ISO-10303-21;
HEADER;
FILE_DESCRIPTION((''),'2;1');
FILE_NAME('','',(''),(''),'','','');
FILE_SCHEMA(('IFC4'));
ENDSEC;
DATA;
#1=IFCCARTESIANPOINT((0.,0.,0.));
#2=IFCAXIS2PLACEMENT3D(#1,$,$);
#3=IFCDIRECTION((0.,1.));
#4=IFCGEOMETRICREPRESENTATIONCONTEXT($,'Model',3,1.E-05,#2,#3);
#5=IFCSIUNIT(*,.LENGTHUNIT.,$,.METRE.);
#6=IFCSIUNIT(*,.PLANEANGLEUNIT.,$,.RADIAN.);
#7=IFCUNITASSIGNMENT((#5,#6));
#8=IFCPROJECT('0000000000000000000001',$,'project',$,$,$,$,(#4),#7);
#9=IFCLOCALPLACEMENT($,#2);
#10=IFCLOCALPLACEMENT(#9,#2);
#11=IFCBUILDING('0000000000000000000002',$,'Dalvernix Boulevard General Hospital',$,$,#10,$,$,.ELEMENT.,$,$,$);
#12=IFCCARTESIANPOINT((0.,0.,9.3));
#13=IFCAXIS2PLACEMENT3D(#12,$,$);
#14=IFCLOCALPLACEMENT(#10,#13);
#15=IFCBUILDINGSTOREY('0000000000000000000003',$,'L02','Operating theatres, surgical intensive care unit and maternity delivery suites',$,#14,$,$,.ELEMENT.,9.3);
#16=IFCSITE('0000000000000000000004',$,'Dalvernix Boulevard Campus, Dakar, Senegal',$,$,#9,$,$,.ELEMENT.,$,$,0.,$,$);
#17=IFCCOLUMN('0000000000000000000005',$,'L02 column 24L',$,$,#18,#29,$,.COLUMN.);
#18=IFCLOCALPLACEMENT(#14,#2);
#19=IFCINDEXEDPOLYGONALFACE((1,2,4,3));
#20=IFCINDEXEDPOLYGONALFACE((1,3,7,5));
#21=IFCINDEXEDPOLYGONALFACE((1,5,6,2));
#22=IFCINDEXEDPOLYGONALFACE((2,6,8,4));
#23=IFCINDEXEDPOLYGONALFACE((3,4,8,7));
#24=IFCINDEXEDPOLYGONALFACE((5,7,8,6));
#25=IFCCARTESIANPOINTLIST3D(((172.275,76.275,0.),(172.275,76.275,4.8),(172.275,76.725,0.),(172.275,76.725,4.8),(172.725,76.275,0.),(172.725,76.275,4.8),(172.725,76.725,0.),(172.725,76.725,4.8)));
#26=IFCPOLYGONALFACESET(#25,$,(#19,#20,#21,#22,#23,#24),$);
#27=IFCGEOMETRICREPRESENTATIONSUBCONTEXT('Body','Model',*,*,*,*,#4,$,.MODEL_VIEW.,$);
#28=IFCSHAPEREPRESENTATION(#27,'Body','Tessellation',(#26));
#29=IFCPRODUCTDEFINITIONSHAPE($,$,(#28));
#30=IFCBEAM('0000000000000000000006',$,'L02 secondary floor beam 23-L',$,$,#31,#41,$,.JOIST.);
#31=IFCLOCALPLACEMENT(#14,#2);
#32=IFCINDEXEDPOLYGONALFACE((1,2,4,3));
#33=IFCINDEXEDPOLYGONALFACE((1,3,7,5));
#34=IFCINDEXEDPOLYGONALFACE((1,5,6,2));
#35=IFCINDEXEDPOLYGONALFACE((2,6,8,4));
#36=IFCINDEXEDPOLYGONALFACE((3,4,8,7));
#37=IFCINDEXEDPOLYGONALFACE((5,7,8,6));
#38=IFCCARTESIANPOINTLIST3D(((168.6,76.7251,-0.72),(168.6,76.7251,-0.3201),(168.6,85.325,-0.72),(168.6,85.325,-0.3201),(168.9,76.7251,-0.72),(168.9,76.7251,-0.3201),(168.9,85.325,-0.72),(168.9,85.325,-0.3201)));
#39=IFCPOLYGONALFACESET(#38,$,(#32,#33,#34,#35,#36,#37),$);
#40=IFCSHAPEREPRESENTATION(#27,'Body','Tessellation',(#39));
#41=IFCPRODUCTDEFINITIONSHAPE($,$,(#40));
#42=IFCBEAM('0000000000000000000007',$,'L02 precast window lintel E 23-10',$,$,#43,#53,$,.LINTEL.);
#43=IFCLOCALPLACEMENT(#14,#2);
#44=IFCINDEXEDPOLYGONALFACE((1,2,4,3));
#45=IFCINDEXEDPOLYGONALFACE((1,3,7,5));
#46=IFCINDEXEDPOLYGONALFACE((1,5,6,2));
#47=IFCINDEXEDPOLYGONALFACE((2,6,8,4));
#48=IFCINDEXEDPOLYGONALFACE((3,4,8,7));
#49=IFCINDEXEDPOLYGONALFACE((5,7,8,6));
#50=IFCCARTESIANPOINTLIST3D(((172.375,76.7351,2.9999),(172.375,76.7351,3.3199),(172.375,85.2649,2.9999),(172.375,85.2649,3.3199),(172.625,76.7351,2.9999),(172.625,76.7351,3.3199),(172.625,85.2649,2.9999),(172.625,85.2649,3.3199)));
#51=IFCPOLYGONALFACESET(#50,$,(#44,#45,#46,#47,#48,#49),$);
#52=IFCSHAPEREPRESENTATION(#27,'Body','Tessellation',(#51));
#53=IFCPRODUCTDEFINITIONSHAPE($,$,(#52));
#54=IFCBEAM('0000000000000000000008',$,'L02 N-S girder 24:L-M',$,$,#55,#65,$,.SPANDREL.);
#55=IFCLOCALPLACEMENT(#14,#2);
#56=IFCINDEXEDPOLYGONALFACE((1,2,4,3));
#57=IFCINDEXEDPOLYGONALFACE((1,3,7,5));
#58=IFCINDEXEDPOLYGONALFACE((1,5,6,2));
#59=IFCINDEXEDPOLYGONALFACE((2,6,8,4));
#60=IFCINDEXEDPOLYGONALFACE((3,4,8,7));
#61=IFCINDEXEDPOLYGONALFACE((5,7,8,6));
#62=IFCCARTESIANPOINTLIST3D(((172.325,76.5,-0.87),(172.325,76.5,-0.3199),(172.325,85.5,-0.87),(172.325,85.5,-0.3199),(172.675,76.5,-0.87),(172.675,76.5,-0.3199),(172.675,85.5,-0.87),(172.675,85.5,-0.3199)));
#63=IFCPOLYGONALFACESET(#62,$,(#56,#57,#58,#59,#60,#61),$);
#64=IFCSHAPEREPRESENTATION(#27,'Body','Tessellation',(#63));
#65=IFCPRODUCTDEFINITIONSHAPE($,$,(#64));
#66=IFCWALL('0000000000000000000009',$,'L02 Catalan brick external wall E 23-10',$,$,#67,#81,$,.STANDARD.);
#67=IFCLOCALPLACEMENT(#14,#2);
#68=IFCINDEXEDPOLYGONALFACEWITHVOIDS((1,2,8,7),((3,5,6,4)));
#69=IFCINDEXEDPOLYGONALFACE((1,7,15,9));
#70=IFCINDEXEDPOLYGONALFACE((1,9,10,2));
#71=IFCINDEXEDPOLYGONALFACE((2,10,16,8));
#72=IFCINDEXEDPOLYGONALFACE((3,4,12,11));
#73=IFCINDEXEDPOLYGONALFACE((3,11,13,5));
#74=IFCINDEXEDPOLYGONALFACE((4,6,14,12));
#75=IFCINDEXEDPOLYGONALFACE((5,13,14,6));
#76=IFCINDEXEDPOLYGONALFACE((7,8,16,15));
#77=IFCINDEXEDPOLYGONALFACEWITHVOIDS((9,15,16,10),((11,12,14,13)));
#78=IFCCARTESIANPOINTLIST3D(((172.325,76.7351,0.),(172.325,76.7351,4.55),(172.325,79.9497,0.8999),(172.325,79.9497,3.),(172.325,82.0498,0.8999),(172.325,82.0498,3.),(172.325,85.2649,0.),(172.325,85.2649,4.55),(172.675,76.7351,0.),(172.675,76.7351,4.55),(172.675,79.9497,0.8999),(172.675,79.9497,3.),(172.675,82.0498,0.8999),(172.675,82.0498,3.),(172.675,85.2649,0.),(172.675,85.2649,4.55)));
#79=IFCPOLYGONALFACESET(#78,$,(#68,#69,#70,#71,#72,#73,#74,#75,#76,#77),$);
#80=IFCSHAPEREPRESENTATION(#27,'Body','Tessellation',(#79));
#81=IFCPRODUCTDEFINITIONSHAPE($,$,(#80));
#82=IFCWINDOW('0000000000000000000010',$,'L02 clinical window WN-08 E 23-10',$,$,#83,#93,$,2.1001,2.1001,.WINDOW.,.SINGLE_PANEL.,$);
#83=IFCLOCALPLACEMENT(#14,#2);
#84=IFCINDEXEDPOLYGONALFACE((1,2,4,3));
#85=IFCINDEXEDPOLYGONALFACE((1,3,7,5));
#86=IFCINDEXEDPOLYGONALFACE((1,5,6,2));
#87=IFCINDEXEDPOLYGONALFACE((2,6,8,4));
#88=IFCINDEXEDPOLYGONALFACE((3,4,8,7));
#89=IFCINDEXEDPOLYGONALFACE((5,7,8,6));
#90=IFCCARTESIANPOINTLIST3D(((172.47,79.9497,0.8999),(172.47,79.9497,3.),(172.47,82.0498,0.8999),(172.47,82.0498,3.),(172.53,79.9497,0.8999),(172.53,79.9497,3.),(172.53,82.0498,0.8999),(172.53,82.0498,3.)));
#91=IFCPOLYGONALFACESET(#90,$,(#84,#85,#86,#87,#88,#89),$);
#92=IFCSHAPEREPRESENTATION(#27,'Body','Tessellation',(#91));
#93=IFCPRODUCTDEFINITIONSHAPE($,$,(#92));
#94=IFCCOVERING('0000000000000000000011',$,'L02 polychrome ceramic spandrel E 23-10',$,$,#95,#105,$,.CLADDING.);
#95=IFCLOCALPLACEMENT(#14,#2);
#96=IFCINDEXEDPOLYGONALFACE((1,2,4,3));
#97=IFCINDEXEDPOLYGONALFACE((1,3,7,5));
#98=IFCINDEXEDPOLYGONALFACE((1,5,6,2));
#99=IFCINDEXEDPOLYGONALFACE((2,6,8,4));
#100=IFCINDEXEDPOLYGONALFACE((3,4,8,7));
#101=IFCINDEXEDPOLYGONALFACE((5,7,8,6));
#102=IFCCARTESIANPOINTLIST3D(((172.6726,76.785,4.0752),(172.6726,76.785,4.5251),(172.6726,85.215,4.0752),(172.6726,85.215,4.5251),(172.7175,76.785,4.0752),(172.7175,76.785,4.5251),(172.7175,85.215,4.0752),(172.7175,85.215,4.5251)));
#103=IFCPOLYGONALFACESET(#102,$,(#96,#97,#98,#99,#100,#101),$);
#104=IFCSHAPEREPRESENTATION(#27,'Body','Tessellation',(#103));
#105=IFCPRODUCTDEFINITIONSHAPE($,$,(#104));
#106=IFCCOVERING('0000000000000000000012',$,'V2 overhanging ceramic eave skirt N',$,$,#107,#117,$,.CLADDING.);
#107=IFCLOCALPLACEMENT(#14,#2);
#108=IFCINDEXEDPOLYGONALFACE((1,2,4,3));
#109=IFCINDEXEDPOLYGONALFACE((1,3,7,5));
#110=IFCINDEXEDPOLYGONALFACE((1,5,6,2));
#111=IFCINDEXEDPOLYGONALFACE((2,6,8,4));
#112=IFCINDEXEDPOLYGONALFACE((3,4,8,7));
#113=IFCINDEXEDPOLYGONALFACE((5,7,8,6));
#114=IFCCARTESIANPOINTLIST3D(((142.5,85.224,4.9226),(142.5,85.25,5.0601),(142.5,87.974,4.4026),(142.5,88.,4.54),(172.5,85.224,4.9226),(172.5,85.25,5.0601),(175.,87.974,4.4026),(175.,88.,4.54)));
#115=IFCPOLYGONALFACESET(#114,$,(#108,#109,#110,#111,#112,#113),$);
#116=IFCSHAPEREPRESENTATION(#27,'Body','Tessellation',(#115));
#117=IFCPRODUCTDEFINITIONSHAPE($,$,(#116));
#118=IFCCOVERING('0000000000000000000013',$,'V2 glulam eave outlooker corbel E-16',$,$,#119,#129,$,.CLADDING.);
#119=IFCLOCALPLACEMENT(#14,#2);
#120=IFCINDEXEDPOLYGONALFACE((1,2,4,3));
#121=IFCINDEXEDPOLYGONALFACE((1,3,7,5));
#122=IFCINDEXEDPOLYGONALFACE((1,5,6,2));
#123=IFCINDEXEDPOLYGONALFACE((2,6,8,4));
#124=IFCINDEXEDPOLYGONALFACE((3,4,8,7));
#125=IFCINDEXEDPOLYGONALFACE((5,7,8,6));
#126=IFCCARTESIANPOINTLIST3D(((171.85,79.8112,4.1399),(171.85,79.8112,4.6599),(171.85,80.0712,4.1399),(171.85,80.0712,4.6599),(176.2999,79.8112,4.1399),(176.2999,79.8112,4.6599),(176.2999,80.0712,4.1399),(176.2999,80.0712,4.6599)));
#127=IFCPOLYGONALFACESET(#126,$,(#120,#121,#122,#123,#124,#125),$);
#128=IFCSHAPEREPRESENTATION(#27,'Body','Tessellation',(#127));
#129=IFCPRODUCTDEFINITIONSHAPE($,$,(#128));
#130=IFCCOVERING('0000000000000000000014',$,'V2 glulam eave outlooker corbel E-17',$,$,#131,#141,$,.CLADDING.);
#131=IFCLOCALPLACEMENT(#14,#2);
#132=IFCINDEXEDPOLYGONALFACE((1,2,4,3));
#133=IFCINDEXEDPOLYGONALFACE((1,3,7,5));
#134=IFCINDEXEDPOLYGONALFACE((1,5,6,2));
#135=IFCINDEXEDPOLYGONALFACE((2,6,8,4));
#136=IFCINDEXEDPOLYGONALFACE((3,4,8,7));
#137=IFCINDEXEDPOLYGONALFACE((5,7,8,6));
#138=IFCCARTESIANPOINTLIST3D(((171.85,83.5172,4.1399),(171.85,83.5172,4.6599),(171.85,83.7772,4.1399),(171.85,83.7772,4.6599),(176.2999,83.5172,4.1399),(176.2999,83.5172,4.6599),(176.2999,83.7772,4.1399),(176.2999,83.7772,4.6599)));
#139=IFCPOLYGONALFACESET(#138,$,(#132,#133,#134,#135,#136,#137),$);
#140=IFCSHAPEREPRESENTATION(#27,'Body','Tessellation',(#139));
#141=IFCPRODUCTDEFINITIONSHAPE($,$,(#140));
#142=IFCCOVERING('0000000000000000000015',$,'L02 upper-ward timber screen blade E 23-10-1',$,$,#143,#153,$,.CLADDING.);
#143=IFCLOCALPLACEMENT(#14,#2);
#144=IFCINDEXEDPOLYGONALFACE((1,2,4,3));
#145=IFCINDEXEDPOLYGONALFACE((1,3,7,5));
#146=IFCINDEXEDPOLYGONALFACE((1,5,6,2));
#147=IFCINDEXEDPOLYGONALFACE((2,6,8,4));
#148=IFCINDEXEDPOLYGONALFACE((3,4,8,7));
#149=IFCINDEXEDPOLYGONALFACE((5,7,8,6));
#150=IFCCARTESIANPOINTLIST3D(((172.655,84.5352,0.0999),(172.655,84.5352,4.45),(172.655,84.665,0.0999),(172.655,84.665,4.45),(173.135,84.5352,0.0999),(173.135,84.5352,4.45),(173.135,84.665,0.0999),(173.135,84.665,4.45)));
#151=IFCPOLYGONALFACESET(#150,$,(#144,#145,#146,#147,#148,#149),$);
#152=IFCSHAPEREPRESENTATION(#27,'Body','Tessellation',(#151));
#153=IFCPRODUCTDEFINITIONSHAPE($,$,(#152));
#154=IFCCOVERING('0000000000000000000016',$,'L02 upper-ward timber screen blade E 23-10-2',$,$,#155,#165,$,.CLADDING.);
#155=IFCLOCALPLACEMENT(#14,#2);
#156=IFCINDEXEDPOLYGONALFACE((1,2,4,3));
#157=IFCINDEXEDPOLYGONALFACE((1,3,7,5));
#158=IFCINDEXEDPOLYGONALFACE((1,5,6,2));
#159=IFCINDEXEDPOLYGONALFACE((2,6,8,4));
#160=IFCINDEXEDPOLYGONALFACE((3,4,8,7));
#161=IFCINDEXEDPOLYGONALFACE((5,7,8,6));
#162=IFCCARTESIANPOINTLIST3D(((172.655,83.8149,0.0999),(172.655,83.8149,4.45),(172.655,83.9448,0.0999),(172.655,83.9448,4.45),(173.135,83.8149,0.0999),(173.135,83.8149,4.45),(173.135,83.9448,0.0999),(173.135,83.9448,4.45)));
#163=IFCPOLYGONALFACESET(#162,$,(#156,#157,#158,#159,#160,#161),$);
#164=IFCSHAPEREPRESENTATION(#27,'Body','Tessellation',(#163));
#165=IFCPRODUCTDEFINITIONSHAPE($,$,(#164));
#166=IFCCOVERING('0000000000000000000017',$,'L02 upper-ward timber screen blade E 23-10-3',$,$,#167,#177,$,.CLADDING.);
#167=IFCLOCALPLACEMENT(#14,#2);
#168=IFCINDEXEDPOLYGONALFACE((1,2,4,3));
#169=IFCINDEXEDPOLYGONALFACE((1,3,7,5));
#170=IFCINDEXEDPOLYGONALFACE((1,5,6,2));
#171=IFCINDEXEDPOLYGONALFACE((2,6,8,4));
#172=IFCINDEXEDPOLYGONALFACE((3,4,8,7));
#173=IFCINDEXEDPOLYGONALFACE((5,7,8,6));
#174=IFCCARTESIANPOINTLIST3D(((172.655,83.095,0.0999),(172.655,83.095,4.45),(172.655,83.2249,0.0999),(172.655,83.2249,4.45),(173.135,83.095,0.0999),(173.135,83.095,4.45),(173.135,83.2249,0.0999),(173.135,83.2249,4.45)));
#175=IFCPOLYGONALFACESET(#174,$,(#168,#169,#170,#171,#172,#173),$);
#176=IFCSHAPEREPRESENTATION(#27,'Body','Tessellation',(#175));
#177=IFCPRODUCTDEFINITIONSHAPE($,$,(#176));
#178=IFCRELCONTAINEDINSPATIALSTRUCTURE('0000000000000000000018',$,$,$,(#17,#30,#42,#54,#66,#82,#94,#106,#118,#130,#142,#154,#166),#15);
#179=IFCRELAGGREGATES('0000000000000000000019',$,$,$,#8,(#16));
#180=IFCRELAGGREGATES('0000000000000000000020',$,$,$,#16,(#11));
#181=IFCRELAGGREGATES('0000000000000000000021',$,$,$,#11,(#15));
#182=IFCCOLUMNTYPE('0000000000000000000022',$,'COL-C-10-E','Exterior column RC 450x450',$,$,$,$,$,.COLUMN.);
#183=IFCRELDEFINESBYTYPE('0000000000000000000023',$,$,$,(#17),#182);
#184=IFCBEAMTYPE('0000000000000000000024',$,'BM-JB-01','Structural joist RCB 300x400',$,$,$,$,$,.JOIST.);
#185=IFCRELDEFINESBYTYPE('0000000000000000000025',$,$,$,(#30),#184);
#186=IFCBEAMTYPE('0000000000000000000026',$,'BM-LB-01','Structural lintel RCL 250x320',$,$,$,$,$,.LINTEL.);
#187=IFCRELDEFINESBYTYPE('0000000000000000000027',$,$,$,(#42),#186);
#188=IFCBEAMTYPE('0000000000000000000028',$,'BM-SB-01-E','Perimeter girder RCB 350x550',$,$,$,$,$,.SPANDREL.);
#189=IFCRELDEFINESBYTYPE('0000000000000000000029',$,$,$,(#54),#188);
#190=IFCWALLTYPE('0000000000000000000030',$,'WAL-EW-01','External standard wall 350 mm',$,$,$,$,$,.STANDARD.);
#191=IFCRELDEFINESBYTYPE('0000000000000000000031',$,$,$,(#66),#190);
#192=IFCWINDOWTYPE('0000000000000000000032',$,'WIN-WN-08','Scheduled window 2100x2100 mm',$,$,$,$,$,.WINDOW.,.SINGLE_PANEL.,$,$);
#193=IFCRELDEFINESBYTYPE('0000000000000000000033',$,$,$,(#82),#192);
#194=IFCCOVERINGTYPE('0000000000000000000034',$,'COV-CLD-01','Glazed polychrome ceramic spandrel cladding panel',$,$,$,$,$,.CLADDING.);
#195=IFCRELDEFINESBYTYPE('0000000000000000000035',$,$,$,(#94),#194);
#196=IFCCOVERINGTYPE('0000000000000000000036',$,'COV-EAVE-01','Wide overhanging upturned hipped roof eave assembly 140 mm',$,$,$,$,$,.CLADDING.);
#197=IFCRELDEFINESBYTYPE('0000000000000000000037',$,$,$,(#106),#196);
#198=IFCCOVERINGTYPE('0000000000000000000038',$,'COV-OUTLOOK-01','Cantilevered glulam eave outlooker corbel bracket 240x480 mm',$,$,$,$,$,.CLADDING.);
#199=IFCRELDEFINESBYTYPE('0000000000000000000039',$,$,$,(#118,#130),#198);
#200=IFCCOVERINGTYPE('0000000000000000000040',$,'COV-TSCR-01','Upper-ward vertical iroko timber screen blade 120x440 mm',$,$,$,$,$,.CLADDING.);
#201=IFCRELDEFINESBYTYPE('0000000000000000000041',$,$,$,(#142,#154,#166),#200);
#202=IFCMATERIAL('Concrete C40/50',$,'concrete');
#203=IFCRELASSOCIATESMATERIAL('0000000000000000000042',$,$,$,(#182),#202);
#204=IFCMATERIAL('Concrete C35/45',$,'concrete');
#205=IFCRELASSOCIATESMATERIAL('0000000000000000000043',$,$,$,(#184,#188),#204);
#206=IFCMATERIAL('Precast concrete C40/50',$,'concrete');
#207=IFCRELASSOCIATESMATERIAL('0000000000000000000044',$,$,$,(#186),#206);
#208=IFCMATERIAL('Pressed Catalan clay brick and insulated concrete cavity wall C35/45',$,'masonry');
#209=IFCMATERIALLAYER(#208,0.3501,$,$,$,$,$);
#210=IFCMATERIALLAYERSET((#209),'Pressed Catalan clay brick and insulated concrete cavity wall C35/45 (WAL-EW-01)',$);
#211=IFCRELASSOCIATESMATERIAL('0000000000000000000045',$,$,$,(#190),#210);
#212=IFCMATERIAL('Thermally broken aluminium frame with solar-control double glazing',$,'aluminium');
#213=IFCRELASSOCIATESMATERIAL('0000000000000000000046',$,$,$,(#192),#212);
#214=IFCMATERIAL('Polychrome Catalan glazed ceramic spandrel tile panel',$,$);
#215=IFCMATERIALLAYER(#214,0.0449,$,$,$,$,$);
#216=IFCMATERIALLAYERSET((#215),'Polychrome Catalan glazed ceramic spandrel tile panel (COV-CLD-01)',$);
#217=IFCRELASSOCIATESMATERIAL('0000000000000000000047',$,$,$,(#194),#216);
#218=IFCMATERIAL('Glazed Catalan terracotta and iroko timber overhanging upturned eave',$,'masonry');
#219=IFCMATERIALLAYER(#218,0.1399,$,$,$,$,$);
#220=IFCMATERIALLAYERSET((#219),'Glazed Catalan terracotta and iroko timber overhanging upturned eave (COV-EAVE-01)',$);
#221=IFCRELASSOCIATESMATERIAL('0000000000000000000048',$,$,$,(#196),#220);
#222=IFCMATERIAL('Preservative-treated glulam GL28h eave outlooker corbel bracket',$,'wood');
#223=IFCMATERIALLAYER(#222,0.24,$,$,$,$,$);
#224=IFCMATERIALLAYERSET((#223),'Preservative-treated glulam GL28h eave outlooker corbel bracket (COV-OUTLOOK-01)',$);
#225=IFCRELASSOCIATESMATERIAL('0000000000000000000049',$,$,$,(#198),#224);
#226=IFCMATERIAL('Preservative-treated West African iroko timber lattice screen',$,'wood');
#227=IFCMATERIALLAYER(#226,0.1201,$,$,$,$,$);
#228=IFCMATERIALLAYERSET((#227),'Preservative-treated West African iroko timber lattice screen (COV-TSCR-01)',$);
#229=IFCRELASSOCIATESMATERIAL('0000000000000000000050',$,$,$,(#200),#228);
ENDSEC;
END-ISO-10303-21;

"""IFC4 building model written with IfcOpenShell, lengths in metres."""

from ifc_helpers import new_model, si_unit, direction, frame, frame_2d, origin, origin_2d, place, context, subcontext, project, spatial, polyline, rectangle, outline, extrude, material, layer, layer_set, material_profile, profile_set, type_object, element, fill, save


model = new_model("IFC4")

# Units and contexts
model_context = context("Model", 3, precision=1e-05, world=origin(), true_north=direction((0.0, 1.0)))
body_context = subcontext(model_context, "Body", "Model", "MODEL_VIEW")
ifc_project = project(units=[si_unit("LENGTHUNIT", "METRE"), si_unit("PLANEANGLEUNIT", "RADIAN")], contexts=[model_context])

# Site, building, storey
site_placement = place(None, origin())
site = spatial("IfcSite", under=ifc_project, at=site_placement, Name="Dalvernix Boulevard Campus, Dakar, Senegal", CompositionType="ELEMENT", RefElevation=0.0)
building_placement = place(site_placement, origin())
building = spatial("IfcBuilding", under=site, at=building_placement, Name="Dalvernix Boulevard General Hospital", CompositionType="ELEMENT")
storey_placement = place(building_placement, frame((0.0, 0.0, 9.3)))
storey = spatial("IfcBuildingStorey", under=building, at=storey_placement, Name="L02", Description="Operating theatres, surgical intensive care unit and maternity delivery suites", CompositionType="ELEMENT", Elevation=9.3)

# Column
ifc_material_1 = material(Name="Concrete C40/50", Category="concrete")
ifc_material_profile_1 = material_profile(ifc_material_1, rectangle(XDim=0.45, YDim=0.45, at=origin_2d()), Name="RC 450x450")
ifc_profile_set_1 = profile_set([ifc_material_profile_1], Name="Concrete C40/50")
column_type = type_object("IfcColumnType", Name="COL-C-10-E", Description="Exterior column RC 450x450", PredefinedType="COLUMN", material=ifc_profile_set_1)
column_placement = place(storey_placement, frame((172.5, 76.5, 0.0), z_axis=(0.0, 0.0, 1.0), x_axis=(1.0, 0.0, 0.0)))
element("IfcColumn", 1, at=column_placement, inside=storey, type_object=column_type, Name="L02 column 24L", PredefinedType="COLUMN", context=body_context, shape_type="SweptSolid", body=[
    extrude(rectangle(XDim=0.45, YDim=0.45, at=origin_2d()), origin(), (0.0, 0.0, 1.0), 4.8),
])

# Beams
ifc_material_2 = material(Name="Concrete C35/45", Category="concrete")
ifc_material_profile_2 = material_profile(ifc_material_2, rectangle(XDim=0.3, YDim=0.3999, at=origin_2d()), Name="RCB 300x400")
ifc_profile_set_2 = profile_set([ifc_material_profile_2], Name="Concrete C35/45")
beam_type_1 = type_object("IfcBeamType", Name="BM-JB-01", Description="Structural joist RCB 300x400", PredefinedType="JOIST", material=ifc_profile_set_2)
beam_1_placement = place(storey_placement, frame((168.75, 76.7251, -0.52), z_axis=(0.0, 1.0, 0.0), x_axis=(-1.0, 0.0, 0.0)))
element("IfcBeam", 2, at=beam_1_placement, inside=storey, type_object=beam_type_1, Name="L02 secondary floor beam 23-L", PredefinedType="JOIST", context=body_context, shape_type="SweptSolid", body=[
    extrude(rectangle(XDim=0.3, YDim=0.3999, at=origin_2d()), origin(), (0.0, 0.0, 1.0), 8.5999),
])
ifc_material_3 = material(Name="Precast concrete C40/50", Category="concrete")
ifc_material_profile_3 = material_profile(ifc_material_3, rectangle(XDim=0.25, YDim=0.3201, at=origin_2d()), Name="RCL 250x320")
ifc_profile_set_3 = profile_set([ifc_material_profile_3], Name="Precast concrete C40/50")
beam_type_2 = type_object("IfcBeamType", Name="BM-LB-01", Description="Structural lintel RCL 250x320", PredefinedType="LINTEL", material=ifc_profile_set_3)
beam_2_placement = place(storey_placement, frame((172.5, 85.2649, 3.1599), z_axis=(0.0, -1.0, 0.0), x_axis=(1.0, 0.0, 0.0)))
element("IfcBeam", 3, at=beam_2_placement, inside=storey, type_object=beam_type_2, Name="L02 precast window lintel E 23-10", PredefinedType="LINTEL", context=body_context, shape_type="SweptSolid", body=[
    extrude(rectangle(XDim=0.25, YDim=0.3201, at=origin_2d()), origin(), (0.0, 0.0, 1.0), 8.5298),
])
ifc_material_profile_4 = material_profile(ifc_material_2, rectangle(XDim=0.3501, YDim=0.55, at=origin_2d()), Name="RCB 350x550")
ifc_profile_set_4 = profile_set([ifc_material_profile_4], Name="Concrete C35/45")
beam_type_3 = type_object("IfcBeamType", Name="BM-SB-01-E", Description="Perimeter girder RCB 350x550", PredefinedType="SPANDREL", material=ifc_profile_set_4)
beam_3_placement = place(storey_placement, frame((172.5, 76.5, -0.595), z_axis=(0.0, 1.0, 0.0), x_axis=(-1.0, 0.0, 0.0)))
element("IfcBeam", 4, at=beam_3_placement, inside=storey, type_object=beam_type_3, Name="L02 N-S girder 24:L-M", PredefinedType="SPANDREL", context=body_context, shape_type="SweptSolid", body=[
    extrude(rectangle(XDim=0.3501, YDim=0.55, at=origin_2d()), origin(), (0.0, 0.0, 1.0), 9.0),
])

# Wall, opening, window
ifc_material_4 = material(Name="Pressed Catalan clay brick and insulated concrete cavity wall C35/45", Category="masonry")
ifc_layer_1 = layer(ifc_material_4, 0.3501)
ifc_layer_set_1 = layer_set([ifc_layer_1], Name="Pressed Catalan clay brick and insulated concrete cavity wall C35/45 (WAL-EW-01)")
wall_type = type_object("IfcWallType", Name="WAL-EW-01", Description="External standard wall 350 mm", PredefinedType="STANDARD", material=ifc_layer_set_1)
wall_placement = place(storey_placement, frame((172.5, 85.2649, 0.0), z_axis=(0.0, 0.0, 1.0), x_axis=(0.0, -1.0, 0.0)))
wall = element("IfcWall", 5, at=wall_placement, inside=storey, type_object=wall_type, Name="L02 Catalan brick external wall E 23-10", PredefinedType="STANDARD", context=body_context, shape_type="SweptSolid", body=[
    extrude(rectangle(XDim=8.5298, YDim=0.3501, at=frame_2d((4.2649, 0.0))), origin(), (0.0, 0.0, 1.0), 4.55),
])
opening_placement = place(wall_placement, frame((3.2151, 0.0, 0.8999)))
opening = element("IfcOpeningElement", 6, at=opening_placement, cuts=wall, PredefinedType="OPENING", context=body_context, shape_type="SweptSolid", body=[
    extrude(rectangle(XDim=2.1001, YDim=2.1001, at=frame_2d((1.05, 1.05))), frame((0.0, 0.1851, 0.0), z_axis=(0.0, -1.0, 0.0), x_axis=(1.0, 0.0, 0.0)), (0.0, 0.0, 1.0), 0.3701),
])
ifc_material_5 = material(Name="Thermally broken aluminium frame with solar-control double glazing", Category="aluminium")
window_type = type_object("IfcWindowType", Name="WIN-WN-08", Description="Scheduled window 2100x2100 mm", PartitioningType="SINGLE_PANEL", PredefinedType="WINDOW", material=ifc_material_5)
window_placement = place(opening_placement, origin())
window = element("IfcWindow", 7, at=window_placement, inside=storey, type_object=window_type, Name="L02 clinical window WN-08 E 23-10", OverallHeight=2.1001, OverallWidth=2.1001, PartitioningType="SINGLE_PANEL", PredefinedType="WINDOW", context=body_context, shape_type="SweptSolid", body=[
    extrude(rectangle(XDim=2.1001, YDim=2.1001, at=frame_2d((1.05, 1.05))), frame((0.0, 0.03, 0.0), z_axis=(0.0, -1.0, 0.0), x_axis=(1.0, 0.0, 0.0)), (0.0, 0.0, 1.0), 0.0601),
])
fill(opening, window)

# Coverings
ifc_material_6 = material(Name="Polychrome Catalan glazed ceramic spandrel tile panel")
ifc_layer_2 = layer(ifc_material_6, 0.0449)
ifc_layer_set_2 = layer_set([ifc_layer_2], Name="Polychrome Catalan glazed ceramic spandrel tile panel (COV-CLD-01)")
covering_type_1 = type_object("IfcCoveringType", Name="COV-CLD-01", Description="Glazed polychrome ceramic spandrel cladding panel", PredefinedType="CLADDING", material=ifc_layer_set_2)
covering_1_placement = place(storey_placement, frame((172.6951, 81.0, 4.0752), z_axis=(0.0, 0.0, 1.0), x_axis=(0.0, -1.0, 0.0)))
element("IfcCovering", 8, at=covering_1_placement, inside=storey, type_object=covering_type_1, Name="L02 polychrome ceramic spandrel E 23-10", PredefinedType="CLADDING", context=body_context, shape_type="SweptSolid", body=[
    extrude(rectangle(XDim=8.4299, YDim=0.0449, at=origin_2d()), origin(), (0.0, 0.0, 1.0), 0.45),
])
ifc_material_7 = material(Name="Glazed Catalan terracotta and iroko timber overhanging upturned eave", Category="masonry")
ifc_layer_3 = layer(ifc_material_7, 0.1399)
ifc_layer_set_3 = layer_set([ifc_layer_3], Name="Glazed Catalan terracotta and iroko timber overhanging upturned eave (COV-EAVE-01)")
covering_type_2 = type_object("IfcCoveringType", Name="COV-EAVE-01", Description="Wide overhanging upturned hipped roof eave assembly 140 mm", PredefinedType="CLADDING", material=ifc_layer_set_3)
covering_2_placement = place(storey_placement, frame((172.5, 85.25, 5.0601), z_axis=(0.0, 0.185805, 0.982587), x_axis=(-1.0, 0.0, 0.0)))
element("IfcCovering", 9, at=covering_2_placement, inside=storey, type_object=covering_type_2, Name="V2 overhanging ceramic eave skirt N", PredefinedType="CLADDING", context=body_context, shape_type="SweptSolid", body=[
    extrude(outline(polyline([(0.0, 0.0), (30.0, 0.0), (30.0, -2.7987), (-2.5, -2.7987), (0.0, 0.0)])), origin(), (0.0, 0.0, -1.0), 0.1399),
])
ifc_material_8 = material(Name="Preservative-treated glulam GL28h eave outlooker corbel bracket", Category="wood")
ifc_layer_4 = layer(ifc_material_8, 0.24)
ifc_layer_set_4 = layer_set([ifc_layer_4], Name="Preservative-treated glulam GL28h eave outlooker corbel bracket (COV-OUTLOOK-01)")
covering_type_3 = type_object("IfcCoveringType", Name="COV-OUTLOOK-01", Description="Cantilevered glulam eave outlooker corbel bracket 240x480 mm", PredefinedType="CLADDING", material=ifc_layer_set_4)
for number, where, z_axis, x_axis, name in (
    (10, (174.075, 79.9412, 4.1399), (0.0, 0.0, 1.0), (1.0, 0.0, 0.0), "V2 glulam eave outlooker corbel E-16"),
    (11, (174.075, 83.6472, 4.1399), (0.0, 0.0, 1.0), (1.0, 0.0, 0.0), "V2 glulam eave outlooker corbel E-17"),
):
    element("IfcCovering", number, at=place(storey_placement, frame(where, z_axis=z_axis, x_axis=x_axis)), inside=storey, type_object=covering_type_3, Name=name, PredefinedType="CLADDING", context=body_context, shape_type="SweptSolid", body=[
        extrude(rectangle(XDim=4.45, YDim=0.26, at=origin_2d()), origin(), (0.0, 0.0, 1.0), 0.52),
    ])
ifc_material_9 = material(Name="Preservative-treated West African iroko timber lattice screen", Category="wood")
ifc_layer_5 = layer(ifc_material_9, 0.1201)
ifc_layer_set_5 = layer_set([ifc_layer_5], Name="Preservative-treated West African iroko timber lattice screen (COV-TSCR-01)")
covering_type_4 = type_object("IfcCoveringType", Name="COV-TSCR-01", Description="Upper-ward vertical iroko timber screen blade 120x440 mm", PredefinedType="CLADDING", material=ifc_layer_set_5)
for number, where, z_axis, x_axis, name in (
    (12, (172.895, 84.6001, 0.0999), (0.0, 0.0, 1.0), (0.0, -1.0, 0.0), "L02 upper-ward timber screen blade E 23-10-1"),
    (13, (172.895, 83.8799, 0.0999), (0.0, 0.0, 1.0), (0.0, -1.0, 0.0), "L02 upper-ward timber screen blade E 23-10-2"),
    (14, (172.895, 83.1599, 0.0999), (0.0, 0.0, 1.0), (0.0, -1.0, 0.0), "L02 upper-ward timber screen blade E 23-10-3"),
):
    element("IfcCovering", number, at=place(storey_placement, frame(where, z_axis=z_axis, x_axis=x_axis)), inside=storey, type_object=covering_type_4, Name=name, PredefinedType="CLADDING", context=body_context, shape_type="SweptSolid", body=[
        extrude(rectangle(XDim=0.1299, YDim=0.48, at=origin_2d()), origin(), (0.0, 0.0, 1.0), 4.3501),
    ])

save(model, "model.ifc")
